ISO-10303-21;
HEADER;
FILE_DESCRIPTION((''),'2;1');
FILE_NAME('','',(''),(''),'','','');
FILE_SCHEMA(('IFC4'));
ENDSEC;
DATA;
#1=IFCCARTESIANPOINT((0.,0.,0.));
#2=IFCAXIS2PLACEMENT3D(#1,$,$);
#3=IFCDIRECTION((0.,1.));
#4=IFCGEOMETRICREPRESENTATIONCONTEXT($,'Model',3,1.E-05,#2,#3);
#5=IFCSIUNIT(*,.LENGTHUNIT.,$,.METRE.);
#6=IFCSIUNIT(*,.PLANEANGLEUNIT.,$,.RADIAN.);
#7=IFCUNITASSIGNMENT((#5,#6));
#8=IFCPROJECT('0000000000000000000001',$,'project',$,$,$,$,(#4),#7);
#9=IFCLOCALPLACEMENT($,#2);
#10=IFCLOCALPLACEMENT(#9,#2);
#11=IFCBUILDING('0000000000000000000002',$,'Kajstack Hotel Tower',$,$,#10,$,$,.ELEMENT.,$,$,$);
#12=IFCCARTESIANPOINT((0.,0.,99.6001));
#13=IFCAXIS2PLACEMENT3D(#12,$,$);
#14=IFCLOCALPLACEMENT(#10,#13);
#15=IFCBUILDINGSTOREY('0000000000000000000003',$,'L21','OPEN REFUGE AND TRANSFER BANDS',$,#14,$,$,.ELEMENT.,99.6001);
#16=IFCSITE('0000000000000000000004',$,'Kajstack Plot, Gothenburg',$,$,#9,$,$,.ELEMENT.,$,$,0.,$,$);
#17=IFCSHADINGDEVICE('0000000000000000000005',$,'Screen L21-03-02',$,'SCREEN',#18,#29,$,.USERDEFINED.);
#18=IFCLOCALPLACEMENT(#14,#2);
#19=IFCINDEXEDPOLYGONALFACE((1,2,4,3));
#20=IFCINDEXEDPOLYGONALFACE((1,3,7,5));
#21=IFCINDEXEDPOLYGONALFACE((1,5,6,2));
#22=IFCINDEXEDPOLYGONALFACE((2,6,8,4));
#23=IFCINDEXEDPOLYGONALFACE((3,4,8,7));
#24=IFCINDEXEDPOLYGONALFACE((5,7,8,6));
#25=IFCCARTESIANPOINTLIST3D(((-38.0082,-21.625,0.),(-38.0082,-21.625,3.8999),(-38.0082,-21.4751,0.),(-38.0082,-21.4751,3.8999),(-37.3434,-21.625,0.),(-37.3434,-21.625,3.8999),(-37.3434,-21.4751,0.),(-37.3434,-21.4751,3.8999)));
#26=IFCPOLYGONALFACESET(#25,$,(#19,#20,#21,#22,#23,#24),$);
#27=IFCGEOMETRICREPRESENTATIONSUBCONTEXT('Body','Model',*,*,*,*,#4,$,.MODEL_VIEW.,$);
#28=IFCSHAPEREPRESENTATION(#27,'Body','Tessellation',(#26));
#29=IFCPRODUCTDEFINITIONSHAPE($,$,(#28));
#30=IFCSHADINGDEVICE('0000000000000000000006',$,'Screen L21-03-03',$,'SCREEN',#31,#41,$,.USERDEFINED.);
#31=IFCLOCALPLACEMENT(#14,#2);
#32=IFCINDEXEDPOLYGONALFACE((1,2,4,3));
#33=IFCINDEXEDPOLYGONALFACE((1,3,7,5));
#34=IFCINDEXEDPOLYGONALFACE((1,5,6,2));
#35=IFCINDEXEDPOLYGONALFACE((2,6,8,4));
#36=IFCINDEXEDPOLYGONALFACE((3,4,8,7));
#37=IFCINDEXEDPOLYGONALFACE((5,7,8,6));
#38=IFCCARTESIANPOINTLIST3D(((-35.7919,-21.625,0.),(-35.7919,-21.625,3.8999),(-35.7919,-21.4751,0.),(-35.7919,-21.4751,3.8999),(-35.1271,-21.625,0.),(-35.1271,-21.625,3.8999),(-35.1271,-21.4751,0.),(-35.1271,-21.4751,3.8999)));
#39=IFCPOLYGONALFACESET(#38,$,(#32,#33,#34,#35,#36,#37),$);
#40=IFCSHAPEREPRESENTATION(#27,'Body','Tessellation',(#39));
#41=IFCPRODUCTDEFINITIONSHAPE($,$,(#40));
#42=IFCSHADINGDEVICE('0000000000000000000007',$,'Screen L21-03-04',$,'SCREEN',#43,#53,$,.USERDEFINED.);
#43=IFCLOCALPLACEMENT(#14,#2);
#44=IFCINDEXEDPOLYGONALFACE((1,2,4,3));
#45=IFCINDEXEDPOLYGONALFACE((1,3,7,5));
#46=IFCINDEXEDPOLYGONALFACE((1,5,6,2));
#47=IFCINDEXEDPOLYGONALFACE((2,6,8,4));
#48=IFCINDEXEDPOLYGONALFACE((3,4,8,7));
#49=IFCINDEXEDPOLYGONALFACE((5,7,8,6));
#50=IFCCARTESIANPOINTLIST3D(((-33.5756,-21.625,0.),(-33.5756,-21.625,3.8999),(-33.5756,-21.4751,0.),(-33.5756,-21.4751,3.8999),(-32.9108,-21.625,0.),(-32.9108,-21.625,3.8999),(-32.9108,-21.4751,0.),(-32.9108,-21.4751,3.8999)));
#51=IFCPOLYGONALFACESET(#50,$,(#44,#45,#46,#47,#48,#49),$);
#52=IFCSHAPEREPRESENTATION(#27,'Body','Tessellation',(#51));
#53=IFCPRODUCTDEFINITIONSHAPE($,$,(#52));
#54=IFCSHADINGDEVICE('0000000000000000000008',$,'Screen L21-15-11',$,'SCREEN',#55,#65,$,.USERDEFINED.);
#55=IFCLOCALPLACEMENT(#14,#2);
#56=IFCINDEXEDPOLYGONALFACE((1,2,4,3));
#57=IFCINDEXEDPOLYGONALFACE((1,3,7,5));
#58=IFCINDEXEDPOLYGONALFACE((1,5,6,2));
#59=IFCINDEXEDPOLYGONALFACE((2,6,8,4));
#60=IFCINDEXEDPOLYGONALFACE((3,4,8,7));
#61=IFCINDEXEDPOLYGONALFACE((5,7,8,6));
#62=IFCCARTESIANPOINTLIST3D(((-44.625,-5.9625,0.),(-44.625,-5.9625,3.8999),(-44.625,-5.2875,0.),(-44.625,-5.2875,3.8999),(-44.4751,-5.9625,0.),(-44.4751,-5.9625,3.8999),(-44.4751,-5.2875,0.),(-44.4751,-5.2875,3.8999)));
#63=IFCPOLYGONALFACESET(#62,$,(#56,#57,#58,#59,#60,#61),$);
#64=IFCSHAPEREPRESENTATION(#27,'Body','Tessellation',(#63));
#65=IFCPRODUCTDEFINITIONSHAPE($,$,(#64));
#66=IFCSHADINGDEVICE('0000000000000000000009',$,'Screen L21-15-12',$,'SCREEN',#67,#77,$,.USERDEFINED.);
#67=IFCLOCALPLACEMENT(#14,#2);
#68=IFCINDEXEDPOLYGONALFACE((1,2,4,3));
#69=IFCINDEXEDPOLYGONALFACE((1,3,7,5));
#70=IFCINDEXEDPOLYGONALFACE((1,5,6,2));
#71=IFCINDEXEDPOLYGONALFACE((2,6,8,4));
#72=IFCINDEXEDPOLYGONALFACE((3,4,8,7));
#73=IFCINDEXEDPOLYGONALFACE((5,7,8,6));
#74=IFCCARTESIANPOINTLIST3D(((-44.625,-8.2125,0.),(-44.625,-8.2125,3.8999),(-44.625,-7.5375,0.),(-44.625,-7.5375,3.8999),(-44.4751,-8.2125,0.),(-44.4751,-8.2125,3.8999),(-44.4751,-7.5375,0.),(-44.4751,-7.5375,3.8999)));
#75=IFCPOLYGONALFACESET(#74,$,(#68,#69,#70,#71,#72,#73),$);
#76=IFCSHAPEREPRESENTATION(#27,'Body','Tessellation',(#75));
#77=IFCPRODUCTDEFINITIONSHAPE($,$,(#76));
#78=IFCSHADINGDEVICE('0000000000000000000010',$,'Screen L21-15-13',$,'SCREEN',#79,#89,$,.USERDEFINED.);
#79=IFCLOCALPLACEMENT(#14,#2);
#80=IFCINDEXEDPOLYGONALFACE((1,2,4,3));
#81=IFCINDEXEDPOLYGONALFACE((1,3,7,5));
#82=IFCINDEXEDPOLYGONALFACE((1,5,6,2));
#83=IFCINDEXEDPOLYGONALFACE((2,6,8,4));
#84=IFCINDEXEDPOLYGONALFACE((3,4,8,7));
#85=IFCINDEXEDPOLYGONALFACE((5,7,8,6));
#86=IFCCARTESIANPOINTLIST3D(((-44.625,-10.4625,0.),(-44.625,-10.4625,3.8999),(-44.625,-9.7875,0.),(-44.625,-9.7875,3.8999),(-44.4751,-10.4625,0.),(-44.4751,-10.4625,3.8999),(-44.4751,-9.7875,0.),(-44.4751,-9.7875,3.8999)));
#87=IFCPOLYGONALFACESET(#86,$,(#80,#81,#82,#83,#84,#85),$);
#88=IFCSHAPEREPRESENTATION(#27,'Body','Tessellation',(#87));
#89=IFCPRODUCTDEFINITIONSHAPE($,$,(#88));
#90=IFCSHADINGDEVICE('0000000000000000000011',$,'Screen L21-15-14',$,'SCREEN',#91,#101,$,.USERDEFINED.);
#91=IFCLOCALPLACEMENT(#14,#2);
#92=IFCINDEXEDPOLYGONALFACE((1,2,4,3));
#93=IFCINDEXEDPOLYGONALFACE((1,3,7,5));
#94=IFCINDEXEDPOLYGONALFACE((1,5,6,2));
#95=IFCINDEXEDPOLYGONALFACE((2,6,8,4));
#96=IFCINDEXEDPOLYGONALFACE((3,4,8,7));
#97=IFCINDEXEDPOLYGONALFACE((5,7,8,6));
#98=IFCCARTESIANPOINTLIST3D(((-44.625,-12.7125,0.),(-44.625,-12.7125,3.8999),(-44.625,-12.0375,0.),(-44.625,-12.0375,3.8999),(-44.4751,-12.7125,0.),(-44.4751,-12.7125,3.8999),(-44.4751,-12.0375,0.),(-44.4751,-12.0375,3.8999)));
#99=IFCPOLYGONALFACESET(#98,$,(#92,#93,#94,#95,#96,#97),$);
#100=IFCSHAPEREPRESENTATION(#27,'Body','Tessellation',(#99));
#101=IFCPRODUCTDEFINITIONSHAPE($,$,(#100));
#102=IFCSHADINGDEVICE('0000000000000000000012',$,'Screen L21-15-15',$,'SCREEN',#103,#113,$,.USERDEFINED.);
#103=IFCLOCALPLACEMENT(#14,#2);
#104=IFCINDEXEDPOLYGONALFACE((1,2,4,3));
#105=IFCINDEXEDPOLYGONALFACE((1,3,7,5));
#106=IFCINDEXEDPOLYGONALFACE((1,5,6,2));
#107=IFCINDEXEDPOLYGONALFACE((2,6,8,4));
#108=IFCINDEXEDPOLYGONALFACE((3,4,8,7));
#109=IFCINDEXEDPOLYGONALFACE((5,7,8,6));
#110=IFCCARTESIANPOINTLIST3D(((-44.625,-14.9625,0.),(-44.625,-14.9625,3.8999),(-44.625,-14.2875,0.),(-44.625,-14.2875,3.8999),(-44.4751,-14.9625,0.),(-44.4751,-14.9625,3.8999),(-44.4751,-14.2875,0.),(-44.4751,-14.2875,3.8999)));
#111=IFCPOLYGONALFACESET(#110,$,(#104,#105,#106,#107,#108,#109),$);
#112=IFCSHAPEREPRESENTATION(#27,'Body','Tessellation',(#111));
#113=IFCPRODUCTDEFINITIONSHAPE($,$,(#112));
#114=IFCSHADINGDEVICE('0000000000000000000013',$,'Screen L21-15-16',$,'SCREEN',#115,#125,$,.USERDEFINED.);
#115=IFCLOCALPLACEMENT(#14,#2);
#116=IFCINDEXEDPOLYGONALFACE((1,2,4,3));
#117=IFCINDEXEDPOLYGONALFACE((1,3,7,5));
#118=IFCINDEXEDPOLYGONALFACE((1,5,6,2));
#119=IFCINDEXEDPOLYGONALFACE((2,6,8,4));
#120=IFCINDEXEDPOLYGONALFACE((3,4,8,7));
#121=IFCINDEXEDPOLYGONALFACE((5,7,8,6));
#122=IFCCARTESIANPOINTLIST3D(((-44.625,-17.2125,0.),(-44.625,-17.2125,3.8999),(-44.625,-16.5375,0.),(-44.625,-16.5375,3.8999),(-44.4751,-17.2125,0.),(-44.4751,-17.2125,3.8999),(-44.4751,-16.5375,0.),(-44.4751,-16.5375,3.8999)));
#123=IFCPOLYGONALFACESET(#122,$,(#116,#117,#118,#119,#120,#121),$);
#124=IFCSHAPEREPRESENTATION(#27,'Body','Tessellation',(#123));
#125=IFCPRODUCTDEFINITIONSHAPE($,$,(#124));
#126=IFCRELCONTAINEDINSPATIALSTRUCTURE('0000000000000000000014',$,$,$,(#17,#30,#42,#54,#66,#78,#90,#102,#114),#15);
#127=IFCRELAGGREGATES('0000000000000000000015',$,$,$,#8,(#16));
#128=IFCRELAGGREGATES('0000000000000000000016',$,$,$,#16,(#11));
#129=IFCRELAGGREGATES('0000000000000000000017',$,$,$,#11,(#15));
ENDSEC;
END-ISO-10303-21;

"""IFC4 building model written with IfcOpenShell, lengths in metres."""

from ifc_helpers import new_model, si_unit, direction, frame, origin, origin_2d, place, context, subcontext, project, spatial, rectangle, extrude, element, save


model = new_model("IFC4")

# Units and contexts
model_context = context("Model", 3, precision=1e-05, world=origin(), true_north=direction((0.0, 1.0)))
body_context = subcontext(model_context, "Body", "Model", "MODEL_VIEW")
ifc_project = project(units=[si_unit("LENGTHUNIT", "METRE"), si_unit("PLANEANGLEUNIT", "RADIAN")], contexts=[model_context])

# Site, building, storey
site_placement = place(None, origin())
site = spatial("IfcSite", under=ifc_project, at=site_placement, Name="Kajstack Plot, Gothenburg", CompositionType="ELEMENT", RefElevation=0.0)
building_placement = place(site_placement, origin())
building = spatial("IfcBuilding", under=site, at=building_placement, Name="Kajstack Hotel Tower", CompositionType="ELEMENT")
storey_placement = place(building_placement, frame((0.0, 0.0, 99.6001)))
storey = spatial("IfcBuildingStorey", under=building, at=storey_placement, Name="L21", Description="OPEN REFUGE AND TRANSFER BANDS", CompositionType="ELEMENT", Elevation=99.6001)

# Shading devices
for number, where, z_axis, x_axis, name in (
    (1, (-37.6758, -21.55, 0.0), (0.0, 0.0, 1.0), (1.0, 0.0, 0.0), "Screen L21-03-02"),
    (2, (-35.4595, -21.55, 0.0), (0.0, 0.0, 1.0), (1.0, 0.0, 0.0), "Screen L21-03-03"),
    (3, (-33.2432, -21.55, 0.0), (0.0, 0.0, 1.0), (1.0, 0.0, 0.0), "Screen L21-03-04"),
):
    element("IfcShadingDevice", number, at=place(storey_placement, frame(where, z_axis=z_axis, x_axis=x_axis)), inside=storey, Name=name, ObjectType="SCREEN", PredefinedType="USERDEFINED", context=body_context, shape_type="SweptSolid", body=[
        extrude(rectangle(XDim=0.6648, YDim=0.1499, at=origin_2d()), origin(), (0.0, 0.0, 1.0), 3.8999),
    ])
for number, where, z_axis, x_axis, name in (
    (4, (-44.55, -5.625, 0.0), (0.0, 0.0, 1.0), (0.0, -1.0, 0.0), "Screen L21-15-11"),
    (5, (-44.55, -7.875, 0.0), (0.0, 0.0, 1.0), (0.0, -1.0, 0.0), "Screen L21-15-12"),
    (6, (-44.55, -10.125, 0.0), (0.0, 0.0, 1.0), (0.0, -1.0, 0.0), "Screen L21-15-13"),
    (7, (-44.55, -12.375, 0.0), (0.0, 0.0, 1.0), (0.0, -1.0, 0.0), "Screen L21-15-14"),
    (8, (-44.55, -14.625, 0.0), (0.0, 0.0, 1.0), (0.0, -1.0, 0.0), "Screen L21-15-15"),
    (9, (-44.55, -16.875, 0.0), (0.0, 0.0, 1.0), (0.0, -1.0, 0.0), "Screen L21-15-16"),
):
    element("IfcShadingDevice", number, at=place(storey_placement, frame(where, z_axis=z_axis, x_axis=x_axis)), inside=storey, Name=name, ObjectType="SCREEN", PredefinedType="USERDEFINED", context=body_context, shape_type="SweptSolid", body=[
        extrude(rectangle(XDim=0.675, YDim=0.1499, at=origin_2d()), origin(), (0.0, 0.0, 1.0), 3.8999),
    ])

save(model, "model.ifc")
